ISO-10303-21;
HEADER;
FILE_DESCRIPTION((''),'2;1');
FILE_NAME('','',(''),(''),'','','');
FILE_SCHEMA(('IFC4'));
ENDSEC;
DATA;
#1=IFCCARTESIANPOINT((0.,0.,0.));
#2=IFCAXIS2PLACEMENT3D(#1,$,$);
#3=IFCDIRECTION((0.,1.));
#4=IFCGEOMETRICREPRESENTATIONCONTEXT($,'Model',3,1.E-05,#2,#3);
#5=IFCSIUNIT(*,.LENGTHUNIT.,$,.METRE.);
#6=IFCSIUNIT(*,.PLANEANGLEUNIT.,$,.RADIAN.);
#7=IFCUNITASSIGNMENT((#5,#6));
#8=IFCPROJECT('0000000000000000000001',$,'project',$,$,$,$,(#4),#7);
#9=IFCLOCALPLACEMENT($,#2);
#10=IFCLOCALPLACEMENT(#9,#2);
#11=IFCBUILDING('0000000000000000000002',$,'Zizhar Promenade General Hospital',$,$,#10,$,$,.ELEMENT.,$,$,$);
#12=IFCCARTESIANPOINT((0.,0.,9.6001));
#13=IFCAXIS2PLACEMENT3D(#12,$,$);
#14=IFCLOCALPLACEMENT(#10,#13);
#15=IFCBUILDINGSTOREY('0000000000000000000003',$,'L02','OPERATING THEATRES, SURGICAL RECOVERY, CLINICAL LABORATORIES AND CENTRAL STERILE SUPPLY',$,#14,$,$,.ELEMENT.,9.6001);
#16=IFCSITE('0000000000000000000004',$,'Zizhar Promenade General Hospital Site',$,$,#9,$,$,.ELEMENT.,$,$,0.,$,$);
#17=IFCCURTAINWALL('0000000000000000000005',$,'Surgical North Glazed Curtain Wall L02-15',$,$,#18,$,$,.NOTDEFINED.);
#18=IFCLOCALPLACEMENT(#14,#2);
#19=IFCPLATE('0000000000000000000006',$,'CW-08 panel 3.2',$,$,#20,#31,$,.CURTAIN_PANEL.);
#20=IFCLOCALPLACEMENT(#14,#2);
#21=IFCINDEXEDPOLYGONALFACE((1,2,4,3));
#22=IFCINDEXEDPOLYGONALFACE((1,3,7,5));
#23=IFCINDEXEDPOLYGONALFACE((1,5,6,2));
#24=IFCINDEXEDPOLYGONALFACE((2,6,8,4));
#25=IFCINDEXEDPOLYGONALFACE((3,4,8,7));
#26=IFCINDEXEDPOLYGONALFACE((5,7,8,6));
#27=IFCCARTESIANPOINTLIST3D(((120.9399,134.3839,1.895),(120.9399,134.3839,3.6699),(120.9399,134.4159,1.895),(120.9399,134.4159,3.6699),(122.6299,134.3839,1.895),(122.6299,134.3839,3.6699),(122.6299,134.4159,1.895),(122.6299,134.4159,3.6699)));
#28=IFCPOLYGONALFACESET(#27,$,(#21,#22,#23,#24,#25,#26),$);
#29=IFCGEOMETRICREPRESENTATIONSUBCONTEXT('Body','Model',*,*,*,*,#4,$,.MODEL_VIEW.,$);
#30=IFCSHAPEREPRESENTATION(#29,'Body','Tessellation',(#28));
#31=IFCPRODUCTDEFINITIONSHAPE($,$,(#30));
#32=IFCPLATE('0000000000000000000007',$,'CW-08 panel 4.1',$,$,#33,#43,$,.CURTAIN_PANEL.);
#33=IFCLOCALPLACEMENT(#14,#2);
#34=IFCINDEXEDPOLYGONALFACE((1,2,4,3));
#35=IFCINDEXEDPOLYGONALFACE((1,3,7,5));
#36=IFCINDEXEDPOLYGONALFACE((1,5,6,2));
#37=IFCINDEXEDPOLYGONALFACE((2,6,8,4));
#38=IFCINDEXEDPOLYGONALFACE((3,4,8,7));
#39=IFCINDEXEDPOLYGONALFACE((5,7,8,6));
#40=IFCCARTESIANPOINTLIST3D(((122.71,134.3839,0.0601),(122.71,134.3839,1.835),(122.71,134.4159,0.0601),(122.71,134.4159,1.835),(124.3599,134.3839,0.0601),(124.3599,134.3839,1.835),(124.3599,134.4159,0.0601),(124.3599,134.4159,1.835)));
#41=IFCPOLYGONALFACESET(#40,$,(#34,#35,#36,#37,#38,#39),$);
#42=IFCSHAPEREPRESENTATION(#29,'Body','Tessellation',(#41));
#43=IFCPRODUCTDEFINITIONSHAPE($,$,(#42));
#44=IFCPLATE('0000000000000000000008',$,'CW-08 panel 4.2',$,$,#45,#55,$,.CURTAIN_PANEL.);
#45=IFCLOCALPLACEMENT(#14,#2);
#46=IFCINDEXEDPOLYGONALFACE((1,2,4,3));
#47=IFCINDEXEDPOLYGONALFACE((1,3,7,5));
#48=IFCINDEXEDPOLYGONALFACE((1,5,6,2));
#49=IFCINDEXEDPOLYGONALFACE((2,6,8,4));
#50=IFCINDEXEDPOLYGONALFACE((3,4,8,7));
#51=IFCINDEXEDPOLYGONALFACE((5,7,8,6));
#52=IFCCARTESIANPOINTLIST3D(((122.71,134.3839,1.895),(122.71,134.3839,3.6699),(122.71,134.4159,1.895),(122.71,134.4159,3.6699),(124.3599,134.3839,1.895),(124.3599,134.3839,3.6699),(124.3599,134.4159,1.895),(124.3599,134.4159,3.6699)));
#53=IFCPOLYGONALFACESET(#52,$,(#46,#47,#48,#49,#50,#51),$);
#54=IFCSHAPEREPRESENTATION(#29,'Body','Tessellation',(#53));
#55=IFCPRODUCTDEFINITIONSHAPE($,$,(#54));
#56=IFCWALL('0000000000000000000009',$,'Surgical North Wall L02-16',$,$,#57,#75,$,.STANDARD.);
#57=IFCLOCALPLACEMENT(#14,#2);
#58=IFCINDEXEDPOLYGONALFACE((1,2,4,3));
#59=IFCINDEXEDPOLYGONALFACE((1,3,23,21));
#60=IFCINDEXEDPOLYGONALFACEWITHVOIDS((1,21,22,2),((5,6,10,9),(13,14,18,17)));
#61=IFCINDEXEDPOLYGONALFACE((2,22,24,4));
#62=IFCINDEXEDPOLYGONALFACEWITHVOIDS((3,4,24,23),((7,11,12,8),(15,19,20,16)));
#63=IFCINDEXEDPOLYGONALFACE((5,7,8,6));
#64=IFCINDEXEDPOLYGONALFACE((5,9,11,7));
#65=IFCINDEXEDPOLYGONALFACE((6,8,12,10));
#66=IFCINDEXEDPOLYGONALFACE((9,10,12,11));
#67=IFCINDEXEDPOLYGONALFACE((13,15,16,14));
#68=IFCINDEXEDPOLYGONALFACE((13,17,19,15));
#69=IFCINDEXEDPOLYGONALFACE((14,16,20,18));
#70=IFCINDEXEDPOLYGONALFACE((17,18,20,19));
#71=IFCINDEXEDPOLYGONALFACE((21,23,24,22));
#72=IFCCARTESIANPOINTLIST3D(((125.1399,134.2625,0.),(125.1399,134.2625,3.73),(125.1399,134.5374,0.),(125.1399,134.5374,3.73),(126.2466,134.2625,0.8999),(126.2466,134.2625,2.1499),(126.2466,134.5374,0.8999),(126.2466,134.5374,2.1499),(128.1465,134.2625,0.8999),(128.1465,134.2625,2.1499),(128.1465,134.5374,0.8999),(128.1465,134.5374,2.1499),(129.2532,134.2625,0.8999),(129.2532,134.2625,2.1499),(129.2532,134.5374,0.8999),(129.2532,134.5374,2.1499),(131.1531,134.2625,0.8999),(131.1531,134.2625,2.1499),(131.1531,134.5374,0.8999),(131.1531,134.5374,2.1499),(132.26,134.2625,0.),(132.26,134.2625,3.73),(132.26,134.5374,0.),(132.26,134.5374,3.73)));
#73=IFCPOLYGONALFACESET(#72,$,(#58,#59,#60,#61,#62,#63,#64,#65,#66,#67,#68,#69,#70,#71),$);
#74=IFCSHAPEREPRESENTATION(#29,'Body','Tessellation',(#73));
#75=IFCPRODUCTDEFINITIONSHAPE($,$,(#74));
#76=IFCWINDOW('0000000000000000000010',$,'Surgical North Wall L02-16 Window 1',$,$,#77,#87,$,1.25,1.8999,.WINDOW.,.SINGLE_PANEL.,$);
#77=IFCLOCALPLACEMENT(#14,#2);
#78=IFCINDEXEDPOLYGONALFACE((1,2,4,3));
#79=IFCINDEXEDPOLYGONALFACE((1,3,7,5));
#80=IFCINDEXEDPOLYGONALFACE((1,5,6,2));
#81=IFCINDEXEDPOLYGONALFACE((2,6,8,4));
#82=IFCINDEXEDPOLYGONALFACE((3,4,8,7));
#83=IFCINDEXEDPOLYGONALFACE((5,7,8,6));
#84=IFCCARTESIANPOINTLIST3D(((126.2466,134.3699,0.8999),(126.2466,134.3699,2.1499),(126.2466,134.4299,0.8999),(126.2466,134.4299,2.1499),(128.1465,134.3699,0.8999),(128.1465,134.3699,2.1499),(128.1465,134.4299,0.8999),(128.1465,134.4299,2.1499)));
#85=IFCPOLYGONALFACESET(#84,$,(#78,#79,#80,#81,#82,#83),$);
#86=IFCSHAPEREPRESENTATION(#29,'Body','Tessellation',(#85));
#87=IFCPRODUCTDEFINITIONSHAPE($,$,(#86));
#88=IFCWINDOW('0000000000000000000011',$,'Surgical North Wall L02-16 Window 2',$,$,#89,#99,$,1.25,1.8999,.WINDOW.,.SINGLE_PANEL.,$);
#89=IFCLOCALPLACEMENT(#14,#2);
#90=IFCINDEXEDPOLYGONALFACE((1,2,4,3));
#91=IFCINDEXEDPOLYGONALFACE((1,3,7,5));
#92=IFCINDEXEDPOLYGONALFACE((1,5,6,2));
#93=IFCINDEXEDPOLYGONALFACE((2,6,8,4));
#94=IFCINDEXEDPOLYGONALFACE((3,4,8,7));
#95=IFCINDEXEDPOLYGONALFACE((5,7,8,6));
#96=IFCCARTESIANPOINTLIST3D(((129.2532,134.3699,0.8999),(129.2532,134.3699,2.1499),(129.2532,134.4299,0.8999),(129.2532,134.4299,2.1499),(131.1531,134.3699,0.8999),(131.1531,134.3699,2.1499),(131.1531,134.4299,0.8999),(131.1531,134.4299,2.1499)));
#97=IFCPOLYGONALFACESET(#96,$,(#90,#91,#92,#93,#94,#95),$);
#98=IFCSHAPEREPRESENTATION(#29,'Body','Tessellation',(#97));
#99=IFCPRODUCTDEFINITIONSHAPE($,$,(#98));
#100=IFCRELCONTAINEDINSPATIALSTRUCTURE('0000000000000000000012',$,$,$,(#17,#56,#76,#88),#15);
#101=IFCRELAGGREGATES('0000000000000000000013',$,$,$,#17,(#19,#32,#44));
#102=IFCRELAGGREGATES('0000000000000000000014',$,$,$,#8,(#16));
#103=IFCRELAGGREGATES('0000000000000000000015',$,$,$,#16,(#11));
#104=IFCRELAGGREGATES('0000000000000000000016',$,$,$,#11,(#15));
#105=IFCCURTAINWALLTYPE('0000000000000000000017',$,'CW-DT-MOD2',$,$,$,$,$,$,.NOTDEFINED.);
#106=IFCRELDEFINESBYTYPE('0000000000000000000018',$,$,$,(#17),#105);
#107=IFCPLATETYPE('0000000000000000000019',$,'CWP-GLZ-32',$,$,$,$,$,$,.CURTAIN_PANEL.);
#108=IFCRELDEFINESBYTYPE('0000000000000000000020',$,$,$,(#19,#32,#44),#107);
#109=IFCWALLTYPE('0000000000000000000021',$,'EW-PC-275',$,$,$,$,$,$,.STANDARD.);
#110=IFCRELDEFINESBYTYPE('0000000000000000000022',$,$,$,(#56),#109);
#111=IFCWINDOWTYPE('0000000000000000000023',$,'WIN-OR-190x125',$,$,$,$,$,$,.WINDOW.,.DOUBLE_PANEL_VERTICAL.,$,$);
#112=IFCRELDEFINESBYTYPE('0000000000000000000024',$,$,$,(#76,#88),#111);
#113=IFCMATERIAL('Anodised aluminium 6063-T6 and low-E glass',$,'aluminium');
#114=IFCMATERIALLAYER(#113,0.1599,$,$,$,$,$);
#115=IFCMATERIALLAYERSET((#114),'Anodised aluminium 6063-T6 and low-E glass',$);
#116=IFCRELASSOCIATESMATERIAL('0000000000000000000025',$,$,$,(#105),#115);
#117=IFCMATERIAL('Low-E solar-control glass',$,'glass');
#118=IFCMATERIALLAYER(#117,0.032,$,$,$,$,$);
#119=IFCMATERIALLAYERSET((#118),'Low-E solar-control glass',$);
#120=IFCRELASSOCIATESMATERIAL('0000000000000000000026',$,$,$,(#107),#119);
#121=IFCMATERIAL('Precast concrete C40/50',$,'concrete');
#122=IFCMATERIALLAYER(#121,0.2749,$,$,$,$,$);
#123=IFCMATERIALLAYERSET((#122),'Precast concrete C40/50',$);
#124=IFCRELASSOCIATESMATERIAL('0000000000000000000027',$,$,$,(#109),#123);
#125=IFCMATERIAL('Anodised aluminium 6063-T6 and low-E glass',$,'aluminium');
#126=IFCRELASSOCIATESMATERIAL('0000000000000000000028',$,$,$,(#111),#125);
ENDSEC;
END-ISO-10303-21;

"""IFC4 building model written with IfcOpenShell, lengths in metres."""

from ifc_helpers import new_model, si_unit, direction, frame, frame_2d, origin, origin_2d, place, context, subcontext, project, spatial, rectangle, extrude, material, layer, layer_set, type_object, element, fill, aggregate, save


model = new_model("IFC4")

# Units and contexts
model_context = context("Model", 3, precision=1e-05, world=origin(), true_north=direction((0.0, 1.0)))
body_context = subcontext(model_context, "Body", "Model", "MODEL_VIEW")
ifc_project = project(units=[si_unit("LENGTHUNIT", "METRE"), si_unit("PLANEANGLEUNIT", "RADIAN")], contexts=[model_context])

# Site, building, storey
site_placement = place(None, origin())
site = spatial("IfcSite", under=ifc_project, at=site_placement, Name="Zizhar Promenade General Hospital Site", CompositionType="ELEMENT", RefElevation=0.0)
building_placement = place(site_placement, origin())
building = spatial("IfcBuilding", under=site, at=building_placement, Name="Zizhar Promenade General Hospital", CompositionType="ELEMENT")
storey_placement = place(building_placement, frame((0.0, 0.0, 9.6001)))
storey = spatial("IfcBuildingStorey", under=building, at=storey_placement, Name="L02", Description="OPERATING THEATRES, SURGICAL RECOVERY, CLINICAL LABORATORIES AND CENTRAL STERILE SUPPLY", CompositionType="ELEMENT", Elevation=9.6001)

# Curtain wall, plates
ifc_material_1 = material(Name="Anodised aluminium 6063-T6 and low-E glass", Category="aluminium")
ifc_layer_1 = layer(ifc_material_1, 0.1599)
ifc_layer_set_1 = layer_set([ifc_layer_1], Name="Anodised aluminium 6063-T6 and low-E glass")
curtain_wall_type = type_object("IfcCurtainWallType", Name="CW-DT-MOD2", PredefinedType="NOTDEFINED", material=ifc_layer_set_1)
curtain_wall_placement = place(storey_placement, origin())
curtain_wall = element("IfcCurtainWall", 1, at=curtain_wall_placement, inside=storey, type_object=curtain_wall_type, Name="Surgical North Glazed Curtain Wall L02-15", PredefinedType="NOTDEFINED")
ifc_material_2 = material(Name="Low-E solar-control glass", Category="glass")
ifc_layer_2 = layer(ifc_material_2, 0.032)
ifc_layer_set_2 = layer_set([ifc_layer_2], Name="Low-E solar-control glass")
plate_type = type_object("IfcPlateType", Name="CWP-GLZ-32", PredefinedType="CURTAIN_PANEL", material=ifc_layer_set_2)
plate_1_placement = place(storey_placement, frame((121.7849, 134.3999, 1.895), z_axis=(0.0, 0.0, 1.0), x_axis=(1.0, 0.0, 0.0)))
plate_1 = element("IfcPlate", 2, at=plate_1_placement, type_object=plate_type, Name="CW-08 panel 3.2", PredefinedType="CURTAIN_PANEL", context=body_context, shape_type="SweptSolid", body=[
    extrude(rectangle(XDim=1.6899, YDim=0.032, at=origin_2d()), origin(), (0.0, 0.0, 1.0), 1.7749),
])
plate_2_placement = place(storey_placement, frame((123.5349, 134.3999, 0.0601), z_axis=(0.0, 0.0, 1.0), x_axis=(1.0, 0.0, 0.0)))
plate_2 = element("IfcPlate", 3, at=plate_2_placement, type_object=plate_type, Name="CW-08 panel 4.1", PredefinedType="CURTAIN_PANEL", context=body_context, shape_type="SweptSolid", body=[
    extrude(rectangle(XDim=1.6499, YDim=0.032, at=origin_2d()), origin(), (0.0, 0.0, 1.0), 1.7749),
])
plate_3_placement = place(storey_placement, frame((123.5349, 134.3999, 1.895), z_axis=(0.0, 0.0, 1.0), x_axis=(1.0, 0.0, 0.0)))
plate_3 = element("IfcPlate", 4, at=plate_3_placement, type_object=plate_type, Name="CW-08 panel 4.2", PredefinedType="CURTAIN_PANEL", context=body_context, shape_type="SweptSolid", body=[
    extrude(rectangle(XDim=1.6499, YDim=0.032, at=origin_2d()), origin(), (0.0, 0.0, 1.0), 1.7749),
])
aggregate(curtain_wall, [plate_1, plate_2, plate_3])

# Wall, openings, windows
ifc_material_3 = material(Name="Precast concrete C40/50", Category="concrete")
ifc_layer_3 = layer(ifc_material_3, 0.2749)
ifc_layer_set_3 = layer_set([ifc_layer_3], Name="Precast concrete C40/50")
wall_type = type_object("IfcWallType", Name="EW-PC-275", PredefinedType="STANDARD", material=ifc_layer_set_3)
wall_placement = place(storey_placement, frame((125.1399, 134.3999, 0.0), z_axis=(0.0, 0.0, 1.0), x_axis=(1.0, 0.0, 0.0)))
wall = element("IfcWall", 5, at=wall_placement, inside=storey, type_object=wall_type, Name="Surgical North Wall L02-16", PredefinedType="STANDARD", context=body_context, shape_type="SweptSolid", body=[
    extrude(rectangle(XDim=7.1201, YDim=0.2749, at=frame_2d((3.5601, 0.0))), origin(), (0.0, 0.0, 1.0), 3.73),
])
opening_1_placement = place(wall_placement, frame((1.1067, 0.0, 0.8999)))
opening_1 = element("IfcOpeningElement", 6, at=opening_1_placement, cuts=wall, PredefinedType="OPENING", context=body_context, shape_type="SweptSolid", body=[
    extrude(rectangle(XDim=1.8999, YDim=1.25, at=frame_2d((0.95, 0.625))), frame((0.0, 0.1475, 0.0), z_axis=(0.0, -1.0, 0.0), x_axis=(1.0, 0.0, 0.0)), (0.0, 0.0, 1.0), 0.2949),
])
opening_2_placement = place(wall_placement, frame((4.1133, 0.0, 0.8999)))
opening_2 = element("IfcOpeningElement", 7, at=opening_2_placement, cuts=wall, PredefinedType="OPENING", context=body_context, shape_type="SweptSolid", body=[
    extrude(rectangle(XDim=1.8999, YDim=1.25, at=frame_2d((0.95, 0.625))), frame((0.0, 0.1475, 0.0), z_axis=(0.0, -1.0, 0.0), x_axis=(1.0, 0.0, 0.0)), (0.0, 0.0, 1.0), 0.2949),
])
ifc_material_4 = material(Name="Anodised aluminium 6063-T6 and low-E glass", Category="aluminium")
window_type = type_object("IfcWindowType", Name="WIN-OR-190x125", PartitioningType="DOUBLE_PANEL_VERTICAL", PredefinedType="WINDOW", material=ifc_material_4)
window_1_placement = place(opening_1_placement, origin())
window_1 = element("IfcWindow", 8, at=window_1_placement, inside=storey, type_object=window_type, Name="Surgical North Wall L02-16 Window 1", OverallHeight=1.25, OverallWidth=1.8999, PartitioningType="SINGLE_PANEL", PredefinedType="WINDOW", context=body_context, shape_type="SweptSolid", body=[
    extrude(rectangle(XDim=1.8999, YDim=1.25, at=frame_2d((0.95, 0.625))), frame((0.0, 0.03, 0.0), z_axis=(0.0, -1.0, 0.0), x_axis=(1.0, 0.0, 0.0)), (0.0, 0.0, 1.0), 0.0601),
])
fill(opening_1, window_1)
window_2_placement = place(opening_2_placement, origin())
window_2 = element("IfcWindow", 9, at=window_2_placement, inside=storey, type_object=window_type, Name="Surgical North Wall L02-16 Window 2", OverallHeight=1.25, OverallWidth=1.8999, PartitioningType="SINGLE_PANEL", PredefinedType="WINDOW", context=body_context, shape_type="SweptSolid", body=[
    extrude(rectangle(XDim=1.8999, YDim=1.25, at=frame_2d((0.95, 0.625))), frame((0.0, 0.03, 0.0), z_axis=(0.0, -1.0, 0.0), x_axis=(1.0, 0.0, 0.0)), (0.0, 0.0, 1.0), 0.0601),
])
fill(opening_2, window_2)

save(model, "model.ifc")
